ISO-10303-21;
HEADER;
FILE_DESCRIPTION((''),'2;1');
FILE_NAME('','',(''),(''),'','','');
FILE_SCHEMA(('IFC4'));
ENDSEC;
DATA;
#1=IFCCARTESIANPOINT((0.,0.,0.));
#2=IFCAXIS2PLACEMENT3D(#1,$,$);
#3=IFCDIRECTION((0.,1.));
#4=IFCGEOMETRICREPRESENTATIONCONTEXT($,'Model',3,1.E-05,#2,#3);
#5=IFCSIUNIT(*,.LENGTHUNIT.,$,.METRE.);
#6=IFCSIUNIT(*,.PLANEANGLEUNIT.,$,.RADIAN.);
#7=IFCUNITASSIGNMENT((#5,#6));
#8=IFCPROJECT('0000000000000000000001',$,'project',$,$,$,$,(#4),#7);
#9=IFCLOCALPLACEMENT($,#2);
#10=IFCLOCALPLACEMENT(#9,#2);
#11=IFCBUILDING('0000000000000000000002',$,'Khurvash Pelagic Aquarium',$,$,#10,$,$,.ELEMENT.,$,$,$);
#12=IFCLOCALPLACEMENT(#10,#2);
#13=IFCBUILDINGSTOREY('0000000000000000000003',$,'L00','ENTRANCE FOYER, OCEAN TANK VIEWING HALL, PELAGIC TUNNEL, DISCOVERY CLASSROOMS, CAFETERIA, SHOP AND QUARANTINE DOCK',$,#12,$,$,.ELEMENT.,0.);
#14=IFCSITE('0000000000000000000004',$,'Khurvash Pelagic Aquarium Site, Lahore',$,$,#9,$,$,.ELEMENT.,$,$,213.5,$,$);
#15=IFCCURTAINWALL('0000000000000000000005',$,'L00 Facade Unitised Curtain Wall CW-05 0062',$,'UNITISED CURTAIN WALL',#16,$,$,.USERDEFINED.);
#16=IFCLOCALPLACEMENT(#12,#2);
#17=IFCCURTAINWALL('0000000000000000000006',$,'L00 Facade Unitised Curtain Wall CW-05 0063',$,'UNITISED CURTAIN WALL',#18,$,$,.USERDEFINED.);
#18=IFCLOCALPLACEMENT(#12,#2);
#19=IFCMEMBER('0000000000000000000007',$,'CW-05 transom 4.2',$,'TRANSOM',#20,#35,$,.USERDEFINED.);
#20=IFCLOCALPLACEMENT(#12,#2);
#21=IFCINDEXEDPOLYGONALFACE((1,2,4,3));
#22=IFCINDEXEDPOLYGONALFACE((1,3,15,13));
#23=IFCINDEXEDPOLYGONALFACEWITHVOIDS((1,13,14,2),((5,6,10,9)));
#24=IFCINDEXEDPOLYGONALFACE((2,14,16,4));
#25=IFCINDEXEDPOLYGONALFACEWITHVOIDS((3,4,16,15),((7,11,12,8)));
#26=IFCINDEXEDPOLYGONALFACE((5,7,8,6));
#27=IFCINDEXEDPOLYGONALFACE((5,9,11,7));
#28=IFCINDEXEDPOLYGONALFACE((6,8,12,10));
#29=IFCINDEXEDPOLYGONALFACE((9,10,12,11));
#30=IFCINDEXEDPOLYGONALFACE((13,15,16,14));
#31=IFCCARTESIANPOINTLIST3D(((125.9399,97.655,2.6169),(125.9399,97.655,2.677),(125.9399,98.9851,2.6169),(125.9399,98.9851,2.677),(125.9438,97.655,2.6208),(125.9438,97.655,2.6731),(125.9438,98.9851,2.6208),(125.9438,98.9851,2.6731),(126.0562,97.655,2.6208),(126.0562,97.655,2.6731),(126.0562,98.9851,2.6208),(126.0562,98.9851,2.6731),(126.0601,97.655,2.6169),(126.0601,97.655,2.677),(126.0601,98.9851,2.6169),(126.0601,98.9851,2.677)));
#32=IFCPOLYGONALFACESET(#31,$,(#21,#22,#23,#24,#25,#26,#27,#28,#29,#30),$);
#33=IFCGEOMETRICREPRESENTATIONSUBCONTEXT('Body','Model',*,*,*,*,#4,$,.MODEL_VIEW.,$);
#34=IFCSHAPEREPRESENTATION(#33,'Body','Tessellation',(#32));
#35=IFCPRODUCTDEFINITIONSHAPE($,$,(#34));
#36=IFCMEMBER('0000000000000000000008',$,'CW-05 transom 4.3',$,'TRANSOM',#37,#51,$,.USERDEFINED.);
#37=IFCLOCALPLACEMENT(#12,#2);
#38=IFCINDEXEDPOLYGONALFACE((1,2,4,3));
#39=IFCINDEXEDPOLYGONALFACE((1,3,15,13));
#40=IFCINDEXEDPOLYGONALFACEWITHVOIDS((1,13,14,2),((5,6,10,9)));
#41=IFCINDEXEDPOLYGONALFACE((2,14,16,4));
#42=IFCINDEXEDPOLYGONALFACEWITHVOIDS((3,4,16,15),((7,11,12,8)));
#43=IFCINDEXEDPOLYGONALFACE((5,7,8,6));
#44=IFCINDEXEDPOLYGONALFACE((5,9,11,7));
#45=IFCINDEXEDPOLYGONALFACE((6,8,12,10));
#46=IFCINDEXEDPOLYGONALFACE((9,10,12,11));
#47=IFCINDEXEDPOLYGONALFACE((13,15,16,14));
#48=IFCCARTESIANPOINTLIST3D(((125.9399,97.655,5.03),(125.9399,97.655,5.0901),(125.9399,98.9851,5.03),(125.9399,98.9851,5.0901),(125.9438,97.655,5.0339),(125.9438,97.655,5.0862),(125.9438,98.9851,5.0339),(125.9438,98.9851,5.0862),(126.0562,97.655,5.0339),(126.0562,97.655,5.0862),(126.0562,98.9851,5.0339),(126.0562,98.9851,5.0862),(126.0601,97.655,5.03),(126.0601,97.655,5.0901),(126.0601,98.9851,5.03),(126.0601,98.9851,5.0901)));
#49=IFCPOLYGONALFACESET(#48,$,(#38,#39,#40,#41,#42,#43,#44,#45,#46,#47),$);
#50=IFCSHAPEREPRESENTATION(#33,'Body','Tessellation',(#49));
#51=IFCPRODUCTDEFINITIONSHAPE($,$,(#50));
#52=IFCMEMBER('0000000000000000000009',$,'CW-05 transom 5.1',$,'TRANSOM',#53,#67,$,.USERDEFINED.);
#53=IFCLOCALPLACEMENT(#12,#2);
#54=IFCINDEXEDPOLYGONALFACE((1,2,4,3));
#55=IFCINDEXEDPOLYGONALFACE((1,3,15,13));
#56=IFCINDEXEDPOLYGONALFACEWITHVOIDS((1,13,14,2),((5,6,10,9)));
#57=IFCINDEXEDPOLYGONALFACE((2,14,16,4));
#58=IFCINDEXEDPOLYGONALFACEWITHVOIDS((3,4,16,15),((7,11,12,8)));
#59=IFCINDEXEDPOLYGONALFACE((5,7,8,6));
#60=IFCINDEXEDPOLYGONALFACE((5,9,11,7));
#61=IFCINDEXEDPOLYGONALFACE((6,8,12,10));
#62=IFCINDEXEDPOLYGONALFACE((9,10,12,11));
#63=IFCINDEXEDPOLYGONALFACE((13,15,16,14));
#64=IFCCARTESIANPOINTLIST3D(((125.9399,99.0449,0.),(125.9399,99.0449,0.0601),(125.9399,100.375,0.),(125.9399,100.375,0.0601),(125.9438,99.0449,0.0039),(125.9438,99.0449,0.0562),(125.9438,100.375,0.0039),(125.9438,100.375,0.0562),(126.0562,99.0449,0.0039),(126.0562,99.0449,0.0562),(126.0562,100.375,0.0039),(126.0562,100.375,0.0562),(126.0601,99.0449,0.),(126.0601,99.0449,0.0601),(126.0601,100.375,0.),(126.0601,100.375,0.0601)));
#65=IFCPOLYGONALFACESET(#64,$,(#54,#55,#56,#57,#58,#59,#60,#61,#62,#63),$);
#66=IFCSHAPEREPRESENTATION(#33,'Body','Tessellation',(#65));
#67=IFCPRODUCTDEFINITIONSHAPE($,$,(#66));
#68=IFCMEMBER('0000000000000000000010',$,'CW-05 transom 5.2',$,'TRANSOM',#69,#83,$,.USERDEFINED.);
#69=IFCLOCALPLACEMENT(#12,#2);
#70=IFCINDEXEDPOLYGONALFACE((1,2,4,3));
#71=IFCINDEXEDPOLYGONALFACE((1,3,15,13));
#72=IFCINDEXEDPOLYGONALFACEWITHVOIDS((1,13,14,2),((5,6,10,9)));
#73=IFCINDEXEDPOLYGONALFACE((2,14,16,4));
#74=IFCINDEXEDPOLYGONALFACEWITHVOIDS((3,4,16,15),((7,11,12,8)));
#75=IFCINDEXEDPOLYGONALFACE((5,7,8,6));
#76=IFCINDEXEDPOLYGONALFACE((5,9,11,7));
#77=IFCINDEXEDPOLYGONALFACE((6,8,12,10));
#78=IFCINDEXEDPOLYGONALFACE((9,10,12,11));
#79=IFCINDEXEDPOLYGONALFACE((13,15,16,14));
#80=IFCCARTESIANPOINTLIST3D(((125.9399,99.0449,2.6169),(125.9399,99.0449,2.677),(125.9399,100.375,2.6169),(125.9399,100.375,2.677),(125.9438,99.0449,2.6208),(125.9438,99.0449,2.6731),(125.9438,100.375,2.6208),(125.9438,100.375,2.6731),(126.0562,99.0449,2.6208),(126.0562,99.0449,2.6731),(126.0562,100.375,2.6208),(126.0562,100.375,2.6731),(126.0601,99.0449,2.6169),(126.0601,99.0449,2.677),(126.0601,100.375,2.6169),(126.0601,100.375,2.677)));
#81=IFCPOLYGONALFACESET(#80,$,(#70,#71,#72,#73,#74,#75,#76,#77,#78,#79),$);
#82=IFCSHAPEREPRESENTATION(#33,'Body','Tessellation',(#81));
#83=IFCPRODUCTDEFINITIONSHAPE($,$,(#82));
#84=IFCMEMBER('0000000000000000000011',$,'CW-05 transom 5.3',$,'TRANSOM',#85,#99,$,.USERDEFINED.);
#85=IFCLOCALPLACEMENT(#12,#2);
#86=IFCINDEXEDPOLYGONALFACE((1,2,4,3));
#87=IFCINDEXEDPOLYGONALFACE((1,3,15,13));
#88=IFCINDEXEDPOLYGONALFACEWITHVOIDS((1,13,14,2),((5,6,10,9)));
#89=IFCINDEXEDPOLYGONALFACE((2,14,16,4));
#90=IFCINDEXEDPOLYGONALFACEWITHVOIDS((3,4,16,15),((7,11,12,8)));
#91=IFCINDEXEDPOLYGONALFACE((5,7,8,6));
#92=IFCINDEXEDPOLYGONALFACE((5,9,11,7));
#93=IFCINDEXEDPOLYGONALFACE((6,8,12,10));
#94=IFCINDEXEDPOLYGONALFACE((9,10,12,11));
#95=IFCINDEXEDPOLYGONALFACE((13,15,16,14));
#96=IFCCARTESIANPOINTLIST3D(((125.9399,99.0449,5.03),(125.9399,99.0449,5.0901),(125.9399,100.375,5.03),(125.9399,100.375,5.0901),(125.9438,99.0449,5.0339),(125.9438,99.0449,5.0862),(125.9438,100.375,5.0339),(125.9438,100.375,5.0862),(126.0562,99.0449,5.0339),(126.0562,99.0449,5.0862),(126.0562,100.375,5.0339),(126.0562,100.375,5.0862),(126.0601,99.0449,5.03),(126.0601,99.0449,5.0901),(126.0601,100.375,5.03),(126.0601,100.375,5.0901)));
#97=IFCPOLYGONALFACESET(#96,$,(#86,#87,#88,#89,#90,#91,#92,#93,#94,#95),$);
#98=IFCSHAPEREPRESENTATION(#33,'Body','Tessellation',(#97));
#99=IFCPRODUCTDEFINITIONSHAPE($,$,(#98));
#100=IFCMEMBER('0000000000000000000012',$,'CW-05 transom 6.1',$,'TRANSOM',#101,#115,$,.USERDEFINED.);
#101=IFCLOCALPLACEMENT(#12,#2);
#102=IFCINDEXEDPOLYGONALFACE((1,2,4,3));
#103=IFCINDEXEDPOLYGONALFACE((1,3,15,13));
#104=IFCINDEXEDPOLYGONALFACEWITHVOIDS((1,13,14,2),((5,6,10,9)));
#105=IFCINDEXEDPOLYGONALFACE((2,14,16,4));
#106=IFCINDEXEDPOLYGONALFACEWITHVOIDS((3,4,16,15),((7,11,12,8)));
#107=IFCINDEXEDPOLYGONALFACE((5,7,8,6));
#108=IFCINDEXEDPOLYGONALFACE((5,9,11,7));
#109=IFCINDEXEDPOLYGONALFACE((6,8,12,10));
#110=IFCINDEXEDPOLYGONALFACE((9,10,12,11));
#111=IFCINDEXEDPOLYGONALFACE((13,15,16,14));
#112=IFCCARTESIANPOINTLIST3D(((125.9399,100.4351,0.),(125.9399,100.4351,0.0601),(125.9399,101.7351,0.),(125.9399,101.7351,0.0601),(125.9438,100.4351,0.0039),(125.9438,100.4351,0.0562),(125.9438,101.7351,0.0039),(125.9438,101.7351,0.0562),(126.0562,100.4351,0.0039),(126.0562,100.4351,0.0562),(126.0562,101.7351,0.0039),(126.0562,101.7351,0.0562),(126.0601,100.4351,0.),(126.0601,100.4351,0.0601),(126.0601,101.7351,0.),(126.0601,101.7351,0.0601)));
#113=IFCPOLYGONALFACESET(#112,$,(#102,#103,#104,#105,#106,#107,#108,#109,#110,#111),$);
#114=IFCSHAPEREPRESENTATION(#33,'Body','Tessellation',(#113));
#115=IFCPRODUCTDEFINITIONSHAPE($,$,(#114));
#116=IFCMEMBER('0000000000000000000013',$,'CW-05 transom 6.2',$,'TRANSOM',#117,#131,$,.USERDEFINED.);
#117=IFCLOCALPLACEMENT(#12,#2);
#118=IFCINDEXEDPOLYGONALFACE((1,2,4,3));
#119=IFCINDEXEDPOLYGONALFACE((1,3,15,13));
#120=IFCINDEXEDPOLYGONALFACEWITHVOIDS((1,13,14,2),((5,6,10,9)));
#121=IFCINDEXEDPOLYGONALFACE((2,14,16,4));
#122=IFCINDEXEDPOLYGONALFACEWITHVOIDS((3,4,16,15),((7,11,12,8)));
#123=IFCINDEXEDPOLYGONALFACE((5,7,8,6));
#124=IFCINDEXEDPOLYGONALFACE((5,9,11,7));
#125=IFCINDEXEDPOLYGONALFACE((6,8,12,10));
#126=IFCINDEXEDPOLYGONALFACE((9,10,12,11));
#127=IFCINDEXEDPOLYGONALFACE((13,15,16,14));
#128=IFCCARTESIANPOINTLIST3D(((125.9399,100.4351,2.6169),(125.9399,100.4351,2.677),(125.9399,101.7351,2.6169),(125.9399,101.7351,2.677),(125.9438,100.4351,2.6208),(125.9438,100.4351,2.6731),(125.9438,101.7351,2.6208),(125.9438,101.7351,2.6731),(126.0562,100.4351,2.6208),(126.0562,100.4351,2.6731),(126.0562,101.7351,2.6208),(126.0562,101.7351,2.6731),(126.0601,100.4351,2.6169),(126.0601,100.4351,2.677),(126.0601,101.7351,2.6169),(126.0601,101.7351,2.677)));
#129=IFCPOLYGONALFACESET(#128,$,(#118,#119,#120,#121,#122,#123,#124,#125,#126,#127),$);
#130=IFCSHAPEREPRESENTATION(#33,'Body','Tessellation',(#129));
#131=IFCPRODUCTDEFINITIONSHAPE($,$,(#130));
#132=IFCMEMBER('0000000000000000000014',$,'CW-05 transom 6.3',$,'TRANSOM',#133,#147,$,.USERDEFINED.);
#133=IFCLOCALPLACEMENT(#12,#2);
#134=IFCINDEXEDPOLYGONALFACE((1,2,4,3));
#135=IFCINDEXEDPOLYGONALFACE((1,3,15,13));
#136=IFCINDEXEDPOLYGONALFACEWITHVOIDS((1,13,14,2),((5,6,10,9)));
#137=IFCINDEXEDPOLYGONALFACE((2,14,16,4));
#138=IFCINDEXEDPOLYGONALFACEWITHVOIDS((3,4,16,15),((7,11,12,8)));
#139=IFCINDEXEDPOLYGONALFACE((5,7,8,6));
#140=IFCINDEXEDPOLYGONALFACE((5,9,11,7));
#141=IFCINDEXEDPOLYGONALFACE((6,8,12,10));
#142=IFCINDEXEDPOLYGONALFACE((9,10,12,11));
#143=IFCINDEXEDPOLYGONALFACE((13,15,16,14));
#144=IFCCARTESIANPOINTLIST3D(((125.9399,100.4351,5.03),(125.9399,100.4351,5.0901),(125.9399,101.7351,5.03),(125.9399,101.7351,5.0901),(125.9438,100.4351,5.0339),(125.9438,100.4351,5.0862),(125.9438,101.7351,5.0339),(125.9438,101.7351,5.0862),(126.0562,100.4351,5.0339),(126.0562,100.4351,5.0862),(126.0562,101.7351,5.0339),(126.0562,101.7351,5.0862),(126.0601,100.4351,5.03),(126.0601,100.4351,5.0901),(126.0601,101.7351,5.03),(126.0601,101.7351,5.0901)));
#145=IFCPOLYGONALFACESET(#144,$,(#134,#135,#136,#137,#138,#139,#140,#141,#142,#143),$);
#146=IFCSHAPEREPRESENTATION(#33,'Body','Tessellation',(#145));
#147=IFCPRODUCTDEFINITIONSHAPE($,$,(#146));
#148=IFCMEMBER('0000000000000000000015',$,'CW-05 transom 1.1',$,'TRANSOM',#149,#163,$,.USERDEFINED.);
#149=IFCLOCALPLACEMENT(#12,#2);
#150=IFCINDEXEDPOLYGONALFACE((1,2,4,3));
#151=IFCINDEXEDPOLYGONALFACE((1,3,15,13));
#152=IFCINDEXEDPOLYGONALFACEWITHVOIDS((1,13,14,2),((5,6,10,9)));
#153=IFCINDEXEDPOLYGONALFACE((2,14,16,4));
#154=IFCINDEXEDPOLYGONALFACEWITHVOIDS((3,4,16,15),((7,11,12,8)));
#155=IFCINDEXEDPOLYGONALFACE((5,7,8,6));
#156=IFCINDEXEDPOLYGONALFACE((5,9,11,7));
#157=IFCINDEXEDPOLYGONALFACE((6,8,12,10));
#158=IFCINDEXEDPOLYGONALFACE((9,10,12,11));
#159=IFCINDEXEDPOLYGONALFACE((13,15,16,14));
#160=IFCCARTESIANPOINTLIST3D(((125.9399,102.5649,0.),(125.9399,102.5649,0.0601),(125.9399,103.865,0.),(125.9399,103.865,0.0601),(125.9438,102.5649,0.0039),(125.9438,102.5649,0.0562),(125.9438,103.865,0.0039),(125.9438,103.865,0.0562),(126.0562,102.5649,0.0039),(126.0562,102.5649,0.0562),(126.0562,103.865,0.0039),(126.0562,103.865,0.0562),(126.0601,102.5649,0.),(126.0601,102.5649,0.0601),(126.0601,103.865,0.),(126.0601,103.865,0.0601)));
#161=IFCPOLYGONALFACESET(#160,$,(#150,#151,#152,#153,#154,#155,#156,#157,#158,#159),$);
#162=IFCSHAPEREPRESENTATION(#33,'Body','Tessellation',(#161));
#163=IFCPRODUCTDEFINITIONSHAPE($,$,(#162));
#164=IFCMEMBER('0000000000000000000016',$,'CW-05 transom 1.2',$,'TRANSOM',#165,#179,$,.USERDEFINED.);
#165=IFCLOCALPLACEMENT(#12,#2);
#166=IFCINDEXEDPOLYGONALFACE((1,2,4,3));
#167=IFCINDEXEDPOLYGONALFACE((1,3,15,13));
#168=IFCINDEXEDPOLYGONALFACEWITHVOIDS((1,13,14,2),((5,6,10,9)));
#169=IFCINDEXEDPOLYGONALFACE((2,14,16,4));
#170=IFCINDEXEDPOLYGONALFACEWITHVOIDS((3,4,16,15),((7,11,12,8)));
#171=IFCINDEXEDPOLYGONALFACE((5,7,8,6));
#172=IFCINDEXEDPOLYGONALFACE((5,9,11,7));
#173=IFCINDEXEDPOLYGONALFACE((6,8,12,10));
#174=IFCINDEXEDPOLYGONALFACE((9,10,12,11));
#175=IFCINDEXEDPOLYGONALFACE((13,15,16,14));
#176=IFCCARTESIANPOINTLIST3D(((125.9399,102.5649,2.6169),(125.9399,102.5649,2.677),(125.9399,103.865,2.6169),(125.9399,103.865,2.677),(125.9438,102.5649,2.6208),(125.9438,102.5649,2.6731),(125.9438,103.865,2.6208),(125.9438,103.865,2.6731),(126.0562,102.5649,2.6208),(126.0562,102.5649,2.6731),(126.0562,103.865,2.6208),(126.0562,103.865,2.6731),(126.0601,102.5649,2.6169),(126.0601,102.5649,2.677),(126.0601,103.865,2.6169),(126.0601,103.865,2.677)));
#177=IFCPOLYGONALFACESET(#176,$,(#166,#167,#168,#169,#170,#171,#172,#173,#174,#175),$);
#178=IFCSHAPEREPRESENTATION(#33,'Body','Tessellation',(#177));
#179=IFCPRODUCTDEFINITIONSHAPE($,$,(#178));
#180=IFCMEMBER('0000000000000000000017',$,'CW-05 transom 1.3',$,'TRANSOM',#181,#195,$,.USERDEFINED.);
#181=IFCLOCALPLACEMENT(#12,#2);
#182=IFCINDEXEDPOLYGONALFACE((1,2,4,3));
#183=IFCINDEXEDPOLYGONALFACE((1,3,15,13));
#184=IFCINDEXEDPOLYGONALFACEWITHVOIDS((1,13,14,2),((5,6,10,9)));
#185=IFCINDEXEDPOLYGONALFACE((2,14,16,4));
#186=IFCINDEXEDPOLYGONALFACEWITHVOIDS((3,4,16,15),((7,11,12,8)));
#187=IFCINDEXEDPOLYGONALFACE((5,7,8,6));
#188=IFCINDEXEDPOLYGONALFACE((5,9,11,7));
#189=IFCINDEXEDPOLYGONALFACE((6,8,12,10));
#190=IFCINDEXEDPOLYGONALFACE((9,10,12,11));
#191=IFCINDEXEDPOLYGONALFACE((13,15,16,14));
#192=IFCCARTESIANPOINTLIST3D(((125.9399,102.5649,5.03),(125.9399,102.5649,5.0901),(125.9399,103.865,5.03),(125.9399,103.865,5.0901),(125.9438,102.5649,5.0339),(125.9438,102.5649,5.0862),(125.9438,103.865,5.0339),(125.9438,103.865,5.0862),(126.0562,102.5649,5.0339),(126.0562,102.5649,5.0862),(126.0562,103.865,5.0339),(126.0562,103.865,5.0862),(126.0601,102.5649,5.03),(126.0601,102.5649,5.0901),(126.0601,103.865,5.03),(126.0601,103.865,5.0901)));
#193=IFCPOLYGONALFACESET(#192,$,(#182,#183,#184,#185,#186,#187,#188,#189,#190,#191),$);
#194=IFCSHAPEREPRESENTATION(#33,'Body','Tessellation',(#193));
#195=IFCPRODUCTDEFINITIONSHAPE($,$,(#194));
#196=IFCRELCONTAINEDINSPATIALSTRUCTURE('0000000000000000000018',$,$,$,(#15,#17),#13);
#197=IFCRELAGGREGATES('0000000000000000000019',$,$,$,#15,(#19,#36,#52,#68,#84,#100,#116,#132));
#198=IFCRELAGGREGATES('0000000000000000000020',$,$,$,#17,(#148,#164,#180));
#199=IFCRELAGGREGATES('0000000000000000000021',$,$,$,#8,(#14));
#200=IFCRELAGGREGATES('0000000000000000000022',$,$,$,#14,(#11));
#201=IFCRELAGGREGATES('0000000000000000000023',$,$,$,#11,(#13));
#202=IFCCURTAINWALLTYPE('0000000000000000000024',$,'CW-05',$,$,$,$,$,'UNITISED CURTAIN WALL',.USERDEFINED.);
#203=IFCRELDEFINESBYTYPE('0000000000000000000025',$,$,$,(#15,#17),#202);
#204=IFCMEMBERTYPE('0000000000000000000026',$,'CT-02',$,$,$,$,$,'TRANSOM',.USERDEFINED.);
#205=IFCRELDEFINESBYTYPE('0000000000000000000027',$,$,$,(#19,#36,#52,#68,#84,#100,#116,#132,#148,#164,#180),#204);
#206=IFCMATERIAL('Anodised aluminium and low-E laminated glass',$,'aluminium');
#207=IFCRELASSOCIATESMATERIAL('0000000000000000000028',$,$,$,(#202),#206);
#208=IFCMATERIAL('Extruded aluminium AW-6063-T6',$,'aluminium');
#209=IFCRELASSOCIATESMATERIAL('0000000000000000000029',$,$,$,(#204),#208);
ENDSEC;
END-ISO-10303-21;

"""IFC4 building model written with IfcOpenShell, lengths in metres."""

from ifc_helpers import new_model, si_unit, direction, frame, origin, origin_2d, place, context, subcontext, project, spatial, hollow_rectangle, extrude, material, material_profile, profile_set, type_object, element, aggregate, save


model = new_model("IFC4")

# Units and contexts
model_context = context("Model", 3, precision=1e-05, world=origin(), true_north=direction((0.0, 1.0)))
body_context = subcontext(model_context, "Body", "Model", "MODEL_VIEW")
ifc_project = project(units=[si_unit("LENGTHUNIT", "METRE"), si_unit("PLANEANGLEUNIT", "RADIAN")], contexts=[model_context])

# Site, building, storey
site_placement = place(None, origin())
site = spatial("IfcSite", under=ifc_project, at=site_placement, Name="Khurvash Pelagic Aquarium Site, Lahore", CompositionType="ELEMENT", RefElevation=213.5)
building_placement = place(site_placement, origin())
building = spatial("IfcBuilding", under=site, at=building_placement, Name="Khurvash Pelagic Aquarium", CompositionType="ELEMENT")
storey_placement = place(building_placement, origin())
storey = spatial("IfcBuildingStorey", under=building, at=storey_placement, Name="L00", Description="ENTRANCE FOYER, OCEAN TANK VIEWING HALL, PELAGIC TUNNEL, DISCOVERY CLASSROOMS, CAFETERIA, SHOP AND QUARANTINE DOCK", CompositionType="ELEMENT", Elevation=0.0)

# Curtain walls
ifc_material_1 = material(Name="Anodised aluminium and low-E laminated glass", Category="aluminium")
curtain_wall_type = type_object("IfcCurtainWallType", Name="CW-05", ElementType="UNITISED CURTAIN WALL", PredefinedType="USERDEFINED", material=ifc_material_1)
curtain_wall_1_placement = place(storey_placement, origin())
curtain_wall_1 = element("IfcCurtainWall", 1, at=curtain_wall_1_placement, inside=storey, type_object=curtain_wall_type, Name="L00 Facade Unitised Curtain Wall CW-05 0062", ObjectType="UNITISED CURTAIN WALL", PredefinedType="USERDEFINED")
ifc_material_2 = material(Name="Extruded aluminium AW-6063-T6", Category="aluminium")
curtain_wall_2_placement = place(storey_placement, origin())
curtain_wall_2 = element("IfcCurtainWall", 2, at=curtain_wall_2_placement, inside=storey, type_object=curtain_wall_type, Name="L00 Facade Unitised Curtain Wall CW-05 0063", ObjectType="UNITISED CURTAIN WALL", PredefinedType="USERDEFINED")

# Members
ifc_material_profile_1 = material_profile(ifc_material_2, hollow_rectangle(XDim=0.1201, YDim=0.0601, WallThickness=0.0039, at=origin_2d()), Name="CWT120X60X4")
ifc_profile_set_1 = profile_set([ifc_material_profile_1], Name="Extruded aluminium AW-6063-T6")
member_type_1 = type_object("IfcMemberType", Name="CT-02", ElementType="TRANSOM", PredefinedType="USERDEFINED", material=ifc_profile_set_1)
member_1_placement = place(storey_placement, frame((126.0, 97.655, 2.647), z_axis=(0.0, 1.0, 0.0), x_axis=(-1.0, 0.0, 0.0)))
member_1 = element("IfcMember", 3, at=member_1_placement, type_object=member_type_1, Name="CW-05 transom 4.2", ObjectType="TRANSOM", PredefinedType="USERDEFINED", context=body_context, shape_type="SweptSolid", body=[
    extrude(hollow_rectangle(XDim=0.1201, YDim=0.0601, WallThickness=0.0039, at=origin_2d()), origin(), (0.0, 0.0, 1.0), 1.3301),
])
member_2_placement = place(storey_placement, frame((126.0, 97.655, 5.0601), z_axis=(0.0, 1.0, 0.0), x_axis=(-1.0, 0.0, 0.0)))
member_2 = element("IfcMember", 4, at=member_2_placement, type_object=member_type_1, Name="CW-05 transom 4.3", ObjectType="TRANSOM", PredefinedType="USERDEFINED", context=body_context, shape_type="SweptSolid", body=[
    extrude(hollow_rectangle(XDim=0.1201, YDim=0.0601, WallThickness=0.0039, at=origin_2d()), origin(), (0.0, 0.0, 1.0), 1.3301),
])
member_3_placement = place(storey_placement, frame((126.0, 99.0449, 0.03), z_axis=(0.0, 1.0, 0.0), x_axis=(-1.0, 0.0, 0.0)))
member_3 = element("IfcMember", 5, at=member_3_placement, type_object=member_type_1, Name="CW-05 transom 5.1", ObjectType="TRANSOM", PredefinedType="USERDEFINED", context=body_context, shape_type="SweptSolid", body=[
    extrude(hollow_rectangle(XDim=0.1201, YDim=0.0601, WallThickness=0.0039, at=origin_2d()), origin(), (0.0, 0.0, 1.0), 1.3301),
])
member_4_placement = place(storey_placement, frame((126.0, 99.0449, 2.647), z_axis=(0.0, 1.0, 0.0), x_axis=(-1.0, 0.0, 0.0)))
member_4 = element("IfcMember", 6, at=member_4_placement, type_object=member_type_1, Name="CW-05 transom 5.2", ObjectType="TRANSOM", PredefinedType="USERDEFINED", context=body_context, shape_type="SweptSolid", body=[
    extrude(hollow_rectangle(XDim=0.1201, YDim=0.0601, WallThickness=0.0039, at=origin_2d()), origin(), (0.0, 0.0, 1.0), 1.3301),
])
member_5_placement = place(storey_placement, frame((126.0, 99.0449, 5.0601), z_axis=(0.0, 1.0, 0.0), x_axis=(-1.0, 0.0, 0.0)))
member_5 = element("IfcMember", 7, at=member_5_placement, type_object=member_type_1, Name="CW-05 transom 5.3", ObjectType="TRANSOM", PredefinedType="USERDEFINED", context=body_context, shape_type="SweptSolid", body=[
    extrude(hollow_rectangle(XDim=0.1201, YDim=0.0601, WallThickness=0.0039, at=origin_2d()), origin(), (0.0, 0.0, 1.0), 1.3301),
])
member_6_placement = place(storey_placement, frame((126.0, 100.4351, 0.03), z_axis=(0.0, 1.0, 0.0), x_axis=(-1.0, 0.0, 0.0)))
member_6 = element("IfcMember", 8, at=member_6_placement, type_object=member_type_1, Name="CW-05 transom 6.1", ObjectType="TRANSOM", PredefinedType="USERDEFINED", context=body_context, shape_type="SweptSolid", body=[
    extrude(hollow_rectangle(XDim=0.1201, YDim=0.0601, WallThickness=0.0039, at=origin_2d()), origin(), (0.0, 0.0, 1.0), 1.3),
])
member_7_placement = place(storey_placement, frame((126.0, 100.4351, 2.647), z_axis=(0.0, 1.0, 0.0), x_axis=(-1.0, 0.0, 0.0)))
member_7 = element("IfcMember", 9, at=member_7_placement, type_object=member_type_1, Name="CW-05 transom 6.2", ObjectType="TRANSOM", PredefinedType="USERDEFINED", context=body_context, shape_type="SweptSolid", body=[
    extrude(hollow_rectangle(XDim=0.1201, YDim=0.0601, WallThickness=0.0039, at=origin_2d()), origin(), (0.0, 0.0, 1.0), 1.3),
])
member_8_placement = place(storey_placement, frame((126.0, 100.4351, 5.0601), z_axis=(0.0, 1.0, 0.0), x_axis=(-1.0, 0.0, 0.0)))
member_8 = element("IfcMember", 10, at=member_8_placement, type_object=member_type_1, Name="CW-05 transom 6.3", ObjectType="TRANSOM", PredefinedType="USERDEFINED", context=body_context, shape_type="SweptSolid", body=[
    extrude(hollow_rectangle(XDim=0.1201, YDim=0.0601, WallThickness=0.0039, at=origin_2d()), origin(), (0.0, 0.0, 1.0), 1.3),
])
member_9_placement = place(storey_placement, frame((126.0, 102.5649, 0.03), z_axis=(0.0, 1.0, 0.0), x_axis=(-1.0, 0.0, 0.0)))
member_9 = element("IfcMember", 11, at=member_9_placement, type_object=member_type_1, Name="CW-05 transom 1.1", ObjectType="TRANSOM", PredefinedType="USERDEFINED", context=body_context, shape_type="SweptSolid", body=[
    extrude(hollow_rectangle(XDim=0.1201, YDim=0.0601, WallThickness=0.0039, at=origin_2d()), origin(), (0.0, 0.0, 1.0), 1.3),
])
member_10_placement = place(storey_placement, frame((126.0, 102.5649, 2.647), z_axis=(0.0, 1.0, 0.0), x_axis=(-1.0, 0.0, 0.0)))
member_10 = element("IfcMember", 12, at=member_10_placement, type_object=member_type_1, Name="CW-05 transom 1.2", ObjectType="TRANSOM", PredefinedType="USERDEFINED", context=body_context, shape_type="SweptSolid", body=[
    extrude(hollow_rectangle(XDim=0.1201, YDim=0.0601, WallThickness=0.0039, at=origin_2d()), origin(), (0.0, 0.0, 1.0), 1.3),
])
member_11_placement = place(storey_placement, frame((126.0, 102.5649, 5.0601), z_axis=(0.0, 1.0, 0.0), x_axis=(-1.0, 0.0, 0.0)))
member_11 = element("IfcMember", 13, at=member_11_placement, type_object=member_type_1, Name="CW-05 transom 1.3", ObjectType="TRANSOM", PredefinedType="USERDEFINED", context=body_context, shape_type="SweptSolid", body=[
    extrude(hollow_rectangle(XDim=0.1201, YDim=0.0601, WallThickness=0.0039, at=origin_2d()), origin(), (0.0, 0.0, 1.0), 1.3),
])

aggregate(curtain_wall_1, [member_1, member_2, member_3, member_4, member_5, member_6, member_7, member_8])
aggregate(curtain_wall_2, [member_9, member_10, member_11])

save(model, "model.ifc")
